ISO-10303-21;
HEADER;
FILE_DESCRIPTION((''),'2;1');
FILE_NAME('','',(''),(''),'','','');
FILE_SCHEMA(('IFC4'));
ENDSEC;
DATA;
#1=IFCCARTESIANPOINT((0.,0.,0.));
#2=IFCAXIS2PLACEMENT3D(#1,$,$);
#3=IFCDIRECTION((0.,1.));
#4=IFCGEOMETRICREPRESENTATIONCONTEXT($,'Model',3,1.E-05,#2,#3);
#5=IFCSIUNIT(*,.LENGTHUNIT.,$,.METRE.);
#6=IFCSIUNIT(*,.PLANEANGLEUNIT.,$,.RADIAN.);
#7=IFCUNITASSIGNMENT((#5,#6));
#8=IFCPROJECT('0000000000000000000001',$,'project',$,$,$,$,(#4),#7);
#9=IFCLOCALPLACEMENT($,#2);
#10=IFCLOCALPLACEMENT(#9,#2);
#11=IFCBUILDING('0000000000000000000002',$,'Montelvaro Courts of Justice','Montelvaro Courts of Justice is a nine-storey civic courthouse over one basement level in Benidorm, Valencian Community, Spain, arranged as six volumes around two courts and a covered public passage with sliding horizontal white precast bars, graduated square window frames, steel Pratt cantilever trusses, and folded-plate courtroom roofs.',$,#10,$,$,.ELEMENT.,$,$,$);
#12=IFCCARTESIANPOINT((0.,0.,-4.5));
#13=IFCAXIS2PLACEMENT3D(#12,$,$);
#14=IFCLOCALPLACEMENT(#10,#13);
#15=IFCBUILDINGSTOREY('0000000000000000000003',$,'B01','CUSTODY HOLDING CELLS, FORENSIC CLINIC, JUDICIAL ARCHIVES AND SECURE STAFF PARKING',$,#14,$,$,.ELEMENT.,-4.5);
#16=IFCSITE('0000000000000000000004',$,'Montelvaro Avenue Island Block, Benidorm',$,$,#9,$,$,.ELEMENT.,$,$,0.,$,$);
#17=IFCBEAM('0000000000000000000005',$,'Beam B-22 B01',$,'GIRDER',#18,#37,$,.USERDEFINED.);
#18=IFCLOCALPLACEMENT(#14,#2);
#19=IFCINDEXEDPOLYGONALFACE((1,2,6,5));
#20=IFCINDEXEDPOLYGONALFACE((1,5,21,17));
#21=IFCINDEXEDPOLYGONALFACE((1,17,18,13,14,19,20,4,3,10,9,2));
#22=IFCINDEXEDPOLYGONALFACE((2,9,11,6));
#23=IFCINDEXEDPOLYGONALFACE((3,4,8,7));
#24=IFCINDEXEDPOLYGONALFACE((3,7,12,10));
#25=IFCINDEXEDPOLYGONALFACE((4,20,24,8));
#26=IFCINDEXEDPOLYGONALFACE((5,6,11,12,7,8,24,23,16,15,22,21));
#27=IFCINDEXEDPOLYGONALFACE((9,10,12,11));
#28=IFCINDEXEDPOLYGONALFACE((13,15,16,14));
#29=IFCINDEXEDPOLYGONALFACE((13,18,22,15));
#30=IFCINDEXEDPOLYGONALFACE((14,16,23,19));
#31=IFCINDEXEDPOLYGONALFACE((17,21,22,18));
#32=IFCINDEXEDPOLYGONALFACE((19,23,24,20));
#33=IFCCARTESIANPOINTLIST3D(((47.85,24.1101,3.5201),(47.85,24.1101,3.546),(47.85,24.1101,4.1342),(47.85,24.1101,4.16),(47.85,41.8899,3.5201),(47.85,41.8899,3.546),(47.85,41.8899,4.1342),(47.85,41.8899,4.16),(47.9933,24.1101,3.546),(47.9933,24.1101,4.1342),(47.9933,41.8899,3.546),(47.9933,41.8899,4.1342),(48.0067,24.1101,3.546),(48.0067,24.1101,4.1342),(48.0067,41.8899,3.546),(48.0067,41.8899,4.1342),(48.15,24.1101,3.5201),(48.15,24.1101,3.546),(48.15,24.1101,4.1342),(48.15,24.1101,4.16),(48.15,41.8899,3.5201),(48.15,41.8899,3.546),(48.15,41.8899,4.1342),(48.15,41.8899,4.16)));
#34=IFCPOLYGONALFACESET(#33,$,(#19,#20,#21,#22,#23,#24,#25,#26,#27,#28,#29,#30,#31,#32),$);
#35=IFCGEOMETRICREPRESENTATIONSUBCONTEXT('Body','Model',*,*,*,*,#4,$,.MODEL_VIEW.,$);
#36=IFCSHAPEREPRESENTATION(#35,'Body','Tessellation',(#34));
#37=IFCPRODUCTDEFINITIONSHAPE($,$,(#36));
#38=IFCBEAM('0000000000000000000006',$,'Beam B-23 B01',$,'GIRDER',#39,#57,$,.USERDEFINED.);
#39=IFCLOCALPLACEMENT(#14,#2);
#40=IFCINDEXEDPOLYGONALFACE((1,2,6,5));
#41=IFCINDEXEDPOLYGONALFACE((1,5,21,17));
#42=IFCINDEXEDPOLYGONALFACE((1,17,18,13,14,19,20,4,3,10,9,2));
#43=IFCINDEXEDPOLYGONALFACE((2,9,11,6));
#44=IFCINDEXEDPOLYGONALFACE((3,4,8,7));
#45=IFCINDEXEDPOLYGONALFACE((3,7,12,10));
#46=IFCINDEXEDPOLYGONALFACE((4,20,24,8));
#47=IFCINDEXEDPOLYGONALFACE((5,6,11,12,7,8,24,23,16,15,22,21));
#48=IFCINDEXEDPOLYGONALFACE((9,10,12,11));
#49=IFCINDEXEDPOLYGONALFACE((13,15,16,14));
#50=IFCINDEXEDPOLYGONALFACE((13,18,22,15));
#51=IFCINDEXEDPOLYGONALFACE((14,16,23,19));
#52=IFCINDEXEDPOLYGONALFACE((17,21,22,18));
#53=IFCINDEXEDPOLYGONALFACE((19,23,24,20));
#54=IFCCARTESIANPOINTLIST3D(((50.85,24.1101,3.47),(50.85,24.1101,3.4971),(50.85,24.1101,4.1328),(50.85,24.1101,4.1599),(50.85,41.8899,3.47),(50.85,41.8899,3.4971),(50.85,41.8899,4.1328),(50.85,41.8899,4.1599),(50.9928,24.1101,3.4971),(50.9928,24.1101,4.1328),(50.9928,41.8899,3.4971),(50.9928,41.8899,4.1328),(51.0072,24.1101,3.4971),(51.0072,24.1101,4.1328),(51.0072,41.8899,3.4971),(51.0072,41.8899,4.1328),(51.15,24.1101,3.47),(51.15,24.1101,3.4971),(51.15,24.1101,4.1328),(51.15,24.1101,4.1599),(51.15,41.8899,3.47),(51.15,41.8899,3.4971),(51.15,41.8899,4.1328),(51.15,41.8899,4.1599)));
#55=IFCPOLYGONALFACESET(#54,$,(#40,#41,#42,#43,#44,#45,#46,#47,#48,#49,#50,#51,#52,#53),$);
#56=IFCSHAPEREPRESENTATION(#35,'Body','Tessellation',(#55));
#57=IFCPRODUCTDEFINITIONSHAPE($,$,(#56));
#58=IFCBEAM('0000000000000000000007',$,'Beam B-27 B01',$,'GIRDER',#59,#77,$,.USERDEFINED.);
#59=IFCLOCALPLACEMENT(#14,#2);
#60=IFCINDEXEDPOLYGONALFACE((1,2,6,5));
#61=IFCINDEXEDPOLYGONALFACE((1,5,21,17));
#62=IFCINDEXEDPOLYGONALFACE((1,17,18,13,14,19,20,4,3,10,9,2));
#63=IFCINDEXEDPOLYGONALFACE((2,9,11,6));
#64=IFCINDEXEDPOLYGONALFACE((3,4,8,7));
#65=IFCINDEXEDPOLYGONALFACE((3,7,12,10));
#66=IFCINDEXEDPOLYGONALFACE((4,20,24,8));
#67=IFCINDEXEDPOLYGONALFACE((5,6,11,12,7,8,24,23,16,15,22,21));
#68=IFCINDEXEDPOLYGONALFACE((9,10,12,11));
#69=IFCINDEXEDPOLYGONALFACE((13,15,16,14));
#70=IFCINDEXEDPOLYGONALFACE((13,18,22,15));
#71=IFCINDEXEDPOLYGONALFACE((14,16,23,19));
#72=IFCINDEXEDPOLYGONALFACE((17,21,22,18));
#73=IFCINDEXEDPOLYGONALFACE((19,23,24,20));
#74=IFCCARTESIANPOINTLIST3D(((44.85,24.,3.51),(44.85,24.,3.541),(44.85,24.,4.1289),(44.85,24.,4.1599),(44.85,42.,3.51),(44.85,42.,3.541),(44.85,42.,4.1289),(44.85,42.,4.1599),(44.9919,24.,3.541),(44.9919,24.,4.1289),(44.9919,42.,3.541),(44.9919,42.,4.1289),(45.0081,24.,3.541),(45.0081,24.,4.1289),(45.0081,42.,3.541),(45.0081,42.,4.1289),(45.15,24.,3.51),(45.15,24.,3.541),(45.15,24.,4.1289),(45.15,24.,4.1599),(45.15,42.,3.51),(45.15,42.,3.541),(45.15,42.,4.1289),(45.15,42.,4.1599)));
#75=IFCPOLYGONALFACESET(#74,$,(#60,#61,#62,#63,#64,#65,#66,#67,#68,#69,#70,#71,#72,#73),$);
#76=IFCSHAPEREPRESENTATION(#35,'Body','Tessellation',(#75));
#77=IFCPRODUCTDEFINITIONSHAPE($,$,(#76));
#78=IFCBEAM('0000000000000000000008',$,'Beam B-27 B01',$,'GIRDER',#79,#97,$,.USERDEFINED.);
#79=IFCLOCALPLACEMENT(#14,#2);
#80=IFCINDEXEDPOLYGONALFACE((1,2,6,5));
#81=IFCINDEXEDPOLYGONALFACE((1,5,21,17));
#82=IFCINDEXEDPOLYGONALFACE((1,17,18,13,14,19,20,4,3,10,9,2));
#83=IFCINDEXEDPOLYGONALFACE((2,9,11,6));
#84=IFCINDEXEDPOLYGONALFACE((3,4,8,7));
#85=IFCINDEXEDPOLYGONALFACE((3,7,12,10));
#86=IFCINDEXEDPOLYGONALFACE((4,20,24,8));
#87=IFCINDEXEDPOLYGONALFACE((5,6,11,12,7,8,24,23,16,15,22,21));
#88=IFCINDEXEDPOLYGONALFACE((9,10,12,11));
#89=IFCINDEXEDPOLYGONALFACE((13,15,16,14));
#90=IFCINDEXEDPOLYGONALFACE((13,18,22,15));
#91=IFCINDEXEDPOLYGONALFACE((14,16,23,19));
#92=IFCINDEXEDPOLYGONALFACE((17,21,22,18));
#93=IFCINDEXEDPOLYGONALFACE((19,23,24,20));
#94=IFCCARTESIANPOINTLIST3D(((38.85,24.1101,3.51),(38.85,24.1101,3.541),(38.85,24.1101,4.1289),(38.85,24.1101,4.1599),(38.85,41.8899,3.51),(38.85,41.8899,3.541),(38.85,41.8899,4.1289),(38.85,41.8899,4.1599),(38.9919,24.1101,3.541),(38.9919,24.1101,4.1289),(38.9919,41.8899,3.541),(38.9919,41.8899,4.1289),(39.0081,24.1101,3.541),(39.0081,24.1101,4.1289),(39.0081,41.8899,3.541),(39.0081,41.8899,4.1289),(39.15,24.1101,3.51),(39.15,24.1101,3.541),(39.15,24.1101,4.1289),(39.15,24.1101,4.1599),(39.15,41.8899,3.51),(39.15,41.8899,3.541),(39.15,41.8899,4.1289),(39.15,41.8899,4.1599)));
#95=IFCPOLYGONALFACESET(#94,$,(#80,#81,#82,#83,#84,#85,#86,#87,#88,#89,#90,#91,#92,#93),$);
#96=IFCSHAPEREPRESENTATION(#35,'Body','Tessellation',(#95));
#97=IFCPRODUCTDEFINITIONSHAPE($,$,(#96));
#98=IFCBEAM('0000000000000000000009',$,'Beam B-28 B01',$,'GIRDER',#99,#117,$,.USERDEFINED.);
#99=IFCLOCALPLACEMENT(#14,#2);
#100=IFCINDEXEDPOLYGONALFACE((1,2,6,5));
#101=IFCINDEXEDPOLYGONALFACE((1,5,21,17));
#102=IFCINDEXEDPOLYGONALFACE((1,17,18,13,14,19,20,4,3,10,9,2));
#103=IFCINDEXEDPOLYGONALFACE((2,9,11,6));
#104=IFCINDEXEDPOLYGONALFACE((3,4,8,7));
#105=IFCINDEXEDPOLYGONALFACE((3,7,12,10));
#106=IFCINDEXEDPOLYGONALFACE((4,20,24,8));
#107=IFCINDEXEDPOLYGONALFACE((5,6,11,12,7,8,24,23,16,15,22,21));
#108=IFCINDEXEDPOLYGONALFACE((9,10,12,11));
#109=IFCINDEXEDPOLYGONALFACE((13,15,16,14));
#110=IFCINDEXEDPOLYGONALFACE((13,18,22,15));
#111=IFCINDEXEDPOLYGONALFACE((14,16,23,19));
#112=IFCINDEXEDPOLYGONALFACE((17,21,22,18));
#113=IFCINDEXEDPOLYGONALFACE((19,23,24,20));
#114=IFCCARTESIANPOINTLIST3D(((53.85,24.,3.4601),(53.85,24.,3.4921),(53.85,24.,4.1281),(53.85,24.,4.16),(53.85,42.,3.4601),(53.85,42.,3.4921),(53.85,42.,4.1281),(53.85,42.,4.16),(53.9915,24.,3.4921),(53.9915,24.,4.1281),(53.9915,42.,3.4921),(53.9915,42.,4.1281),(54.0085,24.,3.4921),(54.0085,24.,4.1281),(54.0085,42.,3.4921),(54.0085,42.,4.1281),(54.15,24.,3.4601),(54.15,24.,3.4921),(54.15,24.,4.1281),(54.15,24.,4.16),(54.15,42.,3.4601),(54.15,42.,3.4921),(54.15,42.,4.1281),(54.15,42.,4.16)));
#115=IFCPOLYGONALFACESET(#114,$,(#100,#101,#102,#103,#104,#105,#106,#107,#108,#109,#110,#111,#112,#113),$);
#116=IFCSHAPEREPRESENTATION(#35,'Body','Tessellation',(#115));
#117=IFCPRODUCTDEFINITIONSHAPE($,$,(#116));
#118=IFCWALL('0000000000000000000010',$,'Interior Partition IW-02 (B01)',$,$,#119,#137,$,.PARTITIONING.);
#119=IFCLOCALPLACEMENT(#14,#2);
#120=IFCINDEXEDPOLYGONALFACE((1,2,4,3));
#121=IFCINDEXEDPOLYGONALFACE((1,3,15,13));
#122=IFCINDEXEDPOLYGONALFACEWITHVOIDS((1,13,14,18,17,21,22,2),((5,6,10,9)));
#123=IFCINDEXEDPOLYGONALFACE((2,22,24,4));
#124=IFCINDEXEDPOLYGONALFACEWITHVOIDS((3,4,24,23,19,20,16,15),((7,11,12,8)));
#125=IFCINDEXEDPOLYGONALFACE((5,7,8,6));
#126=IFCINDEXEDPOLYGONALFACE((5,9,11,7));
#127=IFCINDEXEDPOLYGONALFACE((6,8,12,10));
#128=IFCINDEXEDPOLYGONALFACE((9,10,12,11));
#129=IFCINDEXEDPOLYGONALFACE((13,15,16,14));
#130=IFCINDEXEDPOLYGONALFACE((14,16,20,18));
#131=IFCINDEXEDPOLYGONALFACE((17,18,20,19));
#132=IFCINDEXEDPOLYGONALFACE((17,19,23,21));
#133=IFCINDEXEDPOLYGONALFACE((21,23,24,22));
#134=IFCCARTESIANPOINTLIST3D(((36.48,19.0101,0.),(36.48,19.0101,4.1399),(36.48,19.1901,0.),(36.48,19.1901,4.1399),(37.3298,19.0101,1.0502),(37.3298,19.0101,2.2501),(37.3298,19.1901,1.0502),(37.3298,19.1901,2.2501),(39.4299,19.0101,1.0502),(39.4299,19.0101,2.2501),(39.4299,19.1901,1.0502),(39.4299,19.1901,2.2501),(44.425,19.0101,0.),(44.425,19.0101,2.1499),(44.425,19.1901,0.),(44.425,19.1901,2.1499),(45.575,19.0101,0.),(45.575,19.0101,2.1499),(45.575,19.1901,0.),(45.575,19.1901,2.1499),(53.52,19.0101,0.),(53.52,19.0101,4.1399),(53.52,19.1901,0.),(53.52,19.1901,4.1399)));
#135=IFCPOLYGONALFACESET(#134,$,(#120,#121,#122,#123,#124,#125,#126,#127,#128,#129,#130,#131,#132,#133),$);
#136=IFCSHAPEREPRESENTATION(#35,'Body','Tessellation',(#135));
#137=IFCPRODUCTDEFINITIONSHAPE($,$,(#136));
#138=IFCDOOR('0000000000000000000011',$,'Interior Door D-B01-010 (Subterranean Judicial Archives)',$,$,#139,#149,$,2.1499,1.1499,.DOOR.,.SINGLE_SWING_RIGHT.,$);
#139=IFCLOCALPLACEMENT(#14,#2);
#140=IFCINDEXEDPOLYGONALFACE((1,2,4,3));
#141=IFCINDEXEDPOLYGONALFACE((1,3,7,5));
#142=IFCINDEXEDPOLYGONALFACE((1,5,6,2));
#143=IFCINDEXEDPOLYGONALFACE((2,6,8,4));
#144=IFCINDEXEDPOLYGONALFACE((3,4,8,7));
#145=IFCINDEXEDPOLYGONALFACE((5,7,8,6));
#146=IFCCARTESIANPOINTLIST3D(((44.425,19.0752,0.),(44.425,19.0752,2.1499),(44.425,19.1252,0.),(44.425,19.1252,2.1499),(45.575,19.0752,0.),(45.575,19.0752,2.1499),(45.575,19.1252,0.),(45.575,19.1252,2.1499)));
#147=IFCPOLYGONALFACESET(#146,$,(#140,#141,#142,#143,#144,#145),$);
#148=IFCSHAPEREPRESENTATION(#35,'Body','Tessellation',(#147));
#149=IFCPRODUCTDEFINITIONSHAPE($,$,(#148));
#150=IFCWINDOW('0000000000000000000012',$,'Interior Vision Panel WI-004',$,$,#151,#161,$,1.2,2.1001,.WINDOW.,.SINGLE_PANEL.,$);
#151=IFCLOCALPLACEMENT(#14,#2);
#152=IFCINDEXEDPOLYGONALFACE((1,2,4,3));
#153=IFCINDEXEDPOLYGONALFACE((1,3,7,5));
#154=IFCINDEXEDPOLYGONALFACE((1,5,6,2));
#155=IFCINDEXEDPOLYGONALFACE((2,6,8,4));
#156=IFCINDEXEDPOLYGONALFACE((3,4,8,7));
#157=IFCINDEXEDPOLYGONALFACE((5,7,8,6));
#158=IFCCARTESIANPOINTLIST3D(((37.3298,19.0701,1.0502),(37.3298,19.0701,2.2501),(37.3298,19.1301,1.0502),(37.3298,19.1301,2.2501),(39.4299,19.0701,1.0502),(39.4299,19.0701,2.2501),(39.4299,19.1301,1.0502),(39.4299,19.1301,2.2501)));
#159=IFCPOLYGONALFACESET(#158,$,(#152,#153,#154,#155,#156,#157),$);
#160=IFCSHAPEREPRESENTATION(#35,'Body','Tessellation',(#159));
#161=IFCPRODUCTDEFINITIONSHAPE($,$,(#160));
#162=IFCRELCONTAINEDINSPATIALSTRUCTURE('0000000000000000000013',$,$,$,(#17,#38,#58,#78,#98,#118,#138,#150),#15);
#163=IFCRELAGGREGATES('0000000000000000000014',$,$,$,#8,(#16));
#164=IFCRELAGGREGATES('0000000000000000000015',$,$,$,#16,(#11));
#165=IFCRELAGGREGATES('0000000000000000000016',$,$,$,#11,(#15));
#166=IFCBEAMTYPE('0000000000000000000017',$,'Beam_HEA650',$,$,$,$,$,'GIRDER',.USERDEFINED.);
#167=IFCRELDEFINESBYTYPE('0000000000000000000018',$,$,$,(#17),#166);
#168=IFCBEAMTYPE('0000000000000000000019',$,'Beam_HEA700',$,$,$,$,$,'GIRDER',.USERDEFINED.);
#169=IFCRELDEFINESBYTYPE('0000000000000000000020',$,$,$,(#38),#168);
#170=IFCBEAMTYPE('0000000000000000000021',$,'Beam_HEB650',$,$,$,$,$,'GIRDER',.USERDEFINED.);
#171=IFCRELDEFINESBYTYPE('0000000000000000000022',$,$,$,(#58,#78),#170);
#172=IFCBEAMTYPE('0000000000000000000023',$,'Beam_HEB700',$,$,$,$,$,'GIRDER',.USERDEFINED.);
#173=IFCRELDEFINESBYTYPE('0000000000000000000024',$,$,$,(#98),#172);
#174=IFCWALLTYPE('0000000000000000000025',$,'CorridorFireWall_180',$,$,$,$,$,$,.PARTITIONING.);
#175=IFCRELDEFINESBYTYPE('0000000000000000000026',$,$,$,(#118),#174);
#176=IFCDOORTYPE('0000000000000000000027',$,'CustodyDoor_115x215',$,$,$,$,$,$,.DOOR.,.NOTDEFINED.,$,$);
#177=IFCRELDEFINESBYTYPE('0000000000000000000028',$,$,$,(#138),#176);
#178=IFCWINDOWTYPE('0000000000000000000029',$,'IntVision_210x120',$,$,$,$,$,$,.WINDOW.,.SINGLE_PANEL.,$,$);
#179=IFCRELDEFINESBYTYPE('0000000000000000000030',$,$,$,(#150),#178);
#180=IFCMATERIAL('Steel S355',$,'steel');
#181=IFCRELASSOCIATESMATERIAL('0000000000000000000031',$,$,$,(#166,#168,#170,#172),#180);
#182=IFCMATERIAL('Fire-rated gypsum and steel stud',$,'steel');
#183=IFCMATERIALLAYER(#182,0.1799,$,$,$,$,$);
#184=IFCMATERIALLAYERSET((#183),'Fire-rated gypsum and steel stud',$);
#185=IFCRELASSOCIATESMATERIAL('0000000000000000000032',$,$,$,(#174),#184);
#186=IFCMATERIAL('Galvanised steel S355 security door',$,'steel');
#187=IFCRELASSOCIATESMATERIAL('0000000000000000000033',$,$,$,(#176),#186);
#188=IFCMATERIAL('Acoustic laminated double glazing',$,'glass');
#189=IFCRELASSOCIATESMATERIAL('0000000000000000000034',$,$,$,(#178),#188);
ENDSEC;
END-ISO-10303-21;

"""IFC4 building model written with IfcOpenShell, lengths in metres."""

from ifc_helpers import new_model, si_unit, direction, frame, frame_2d, origin, origin_2d, place, context, subcontext, project, spatial, rectangle, i_section, extrude, material, layer, layer_set, material_profile, profile_set, type_object, element, fill, save


model = new_model("IFC4")

# Units and contexts
model_context = context("Model", 3, precision=1e-05, world=origin(), true_north=direction((0.0, 1.0)))
body_context = subcontext(model_context, "Body", "Model", "MODEL_VIEW")
ifc_project = project(units=[si_unit("LENGTHUNIT", "METRE"), si_unit("PLANEANGLEUNIT", "RADIAN")], contexts=[model_context])

# Site, building, storey
site_placement = place(None, origin())
site = spatial("IfcSite", under=ifc_project, at=site_placement, Name="Montelvaro Avenue Island Block, Benidorm", CompositionType="ELEMENT", RefElevation=0.0)
building_placement = place(site_placement, origin())
building = spatial("IfcBuilding", under=site, at=building_placement, Name="Montelvaro Courts of Justice", Description="Montelvaro Courts of Justice is a nine-storey civic courthouse over one basement level in Benidorm, Valencian Community, Spain, arranged as six volumes around two courts and a covered public passage with sliding horizontal white precast bars, graduated square window frames, steel Pratt cantilever trusses, and folded-plate courtroom roofs.", CompositionType="ELEMENT")
storey_placement = place(building_placement, frame((0.0, 0.0, -4.5)))
storey = spatial("IfcBuildingStorey", under=building, at=storey_placement, Name="B01", Description="CUSTODY HOLDING CELLS, FORENSIC CLINIC, JUDICIAL ARCHIVES AND SECURE STAFF PARKING", CompositionType="ELEMENT", Elevation=-4.5)

# Beams
ifc_material_1 = material(Name="Steel S355", Category="steel")
ifc_material_profile_1 = material_profile(ifc_material_1, i_section(OverallWidth=0.3, OverallDepth=0.6399, WebThickness=0.0134, FlangeThickness=0.0259, at=origin_2d()), Name="HEA 650")
ifc_profile_set_1 = profile_set([ifc_material_profile_1], Name="Steel S355")
beam_type_1 = type_object("IfcBeamType", Name="Beam_HEA650", ElementType="GIRDER", PredefinedType="USERDEFINED", material=ifc_profile_set_1)
for number, where, z_axis, x_axis, name in (
    (1, (48.0, 24.1101, 3.8401), (0.0, 1.0, 0.0), (-1.0, 0.0, 0.0), "Beam B-22 B01"),
):
    element("IfcBeam", number, at=place(storey_placement, frame(where, z_axis=z_axis, x_axis=x_axis)), inside=storey, type_object=beam_type_1, Name=name, ObjectType="GIRDER", PredefinedType="USERDEFINED", context=body_context, shape_type="SweptSolid", body=[
        extrude(i_section(OverallWidth=0.3, OverallDepth=0.6399, WebThickness=0.0134, FlangeThickness=0.0259, at=origin_2d()), origin(), (0.0, 0.0, 1.0), 17.7798),
    ])
ifc_material_profile_2 = material_profile(ifc_material_1, i_section(OverallWidth=0.3, OverallDepth=0.6899, WebThickness=0.0144, FlangeThickness=0.0271, at=origin_2d()), Name="HEA 700")
ifc_profile_set_2 = profile_set([ifc_material_profile_2], Name="Steel S355")
beam_type_2 = type_object("IfcBeamType", Name="Beam_HEA700", ElementType="GIRDER", PredefinedType="USERDEFINED", material=ifc_profile_set_2)
beam_1_placement = place(storey_placement, frame((51.0, 24.1101, 3.8149), z_axis=(0.0, 1.0, 0.0), x_axis=(-1.0, 0.0, 0.0)))
element("IfcBeam", 2, at=beam_1_placement, inside=storey, type_object=beam_type_2, Name="Beam B-23 B01", ObjectType="GIRDER", PredefinedType="USERDEFINED", context=body_context, shape_type="SweptSolid", body=[
    extrude(i_section(OverallWidth=0.3, OverallDepth=0.6899, WebThickness=0.0144, FlangeThickness=0.0271, at=origin_2d()), origin(), (0.0, 0.0, 1.0), 17.7798),
])
ifc_material_profile_3 = material_profile(ifc_material_1, i_section(OverallWidth=0.3, OverallDepth=0.6499, WebThickness=0.0161, FlangeThickness=0.031, at=origin_2d()), Name="HEB 650")
ifc_profile_set_3 = profile_set([ifc_material_profile_3], Name="Steel S355")
beam_type_3 = type_object("IfcBeamType", Name="Beam_HEB650", ElementType="GIRDER", PredefinedType="USERDEFINED", material=ifc_profile_set_3)
beam_2_placement = place(storey_placement, frame((45.0, 24.0, 3.835), z_axis=(0.0, 1.0, 0.0), x_axis=(-1.0, 0.0, 0.0)))
element("IfcBeam", 3, at=beam_2_placement, inside=storey, type_object=beam_type_3, Name="Beam B-27 B01", ObjectType="GIRDER", PredefinedType="USERDEFINED", context=body_context, shape_type="SweptSolid", body=[
    extrude(i_section(OverallWidth=0.3, OverallDepth=0.6499, WebThickness=0.0161, FlangeThickness=0.031, at=origin_2d()), origin(), (0.0, 0.0, 1.0), 18.0),
])
beam_3_placement = place(storey_placement, frame((39.0, 24.1101, 3.835), z_axis=(0.0, 1.0, 0.0), x_axis=(-1.0, 0.0, 0.0)))
element("IfcBeam", 4, at=beam_3_placement, inside=storey, type_object=beam_type_3, Name="Beam B-27 B01", ObjectType="GIRDER", PredefinedType="USERDEFINED", context=body_context, shape_type="SweptSolid", body=[
    extrude(i_section(OverallWidth=0.3, OverallDepth=0.6499, WebThickness=0.0161, FlangeThickness=0.031, at=origin_2d()), origin(), (0.0, 0.0, 1.0), 17.7798),
])
ifc_material_profile_4 = material_profile(ifc_material_1, i_section(OverallWidth=0.3, OverallDepth=0.7, WebThickness=0.0171, FlangeThickness=0.032, at=origin_2d()), Name="HEB 700")
ifc_profile_set_4 = profile_set([ifc_material_profile_4], Name="Steel S355")
beam_type_4 = type_object("IfcBeamType", Name="Beam_HEB700", ElementType="GIRDER", PredefinedType="USERDEFINED", material=ifc_profile_set_4)
beam_4_placement = place(storey_placement, frame((54.0, 24.0, 3.8101), z_axis=(0.0, 1.0, 0.0), x_axis=(-1.0, 0.0, 0.0)))
element("IfcBeam", 5, at=beam_4_placement, inside=storey, type_object=beam_type_4, Name="Beam B-28 B01", ObjectType="GIRDER", PredefinedType="USERDEFINED", context=body_context, shape_type="SweptSolid", body=[
    extrude(i_section(OverallWidth=0.3, OverallDepth=0.7, WebThickness=0.0171, FlangeThickness=0.032, at=origin_2d()), origin(), (0.0, 0.0, 1.0), 18.0),
])

# Wall, openings, door, window
ifc_material_2 = material(Name="Fire-rated gypsum and steel stud", Category="steel")
ifc_layer_1 = layer(ifc_material_2, 0.1799)
ifc_layer_set_1 = layer_set([ifc_layer_1], Name="Fire-rated gypsum and steel stud")
wall_type_1 = type_object("IfcWallType", Name="CorridorFireWall_180", PredefinedType="PARTITIONING", material=ifc_layer_set_1)
wall_1_placement = place(storey_placement, frame((53.52, 19.1001, 0.0), z_axis=(0.0, 0.0, 1.0), x_axis=(-1.0, 0.0, 0.0)))
wall_1 = element("IfcWall", 6, at=wall_1_placement, inside=storey, type_object=wall_type_1, Name="Interior Partition IW-02 (B01)", PredefinedType="PARTITIONING", context=body_context, shape_type="SweptSolid", body=[
    extrude(rectangle(XDim=17.04, YDim=0.1799, at=frame_2d((8.52, 0.0))), origin(), (0.0, 0.0, 1.0), 4.1399),
])
opening_1_placement = place(wall_1_placement, frame((7.9451, 0.0, 0.0)))
opening_1 = element("IfcOpeningElement", 7, at=opening_1_placement, cuts=wall_1, PredefinedType="OPENING", context=body_context, shape_type="SweptSolid", body=[
    extrude(rectangle(XDim=1.1499, YDim=2.1499, at=frame_2d((0.575, 1.075))), frame((0.0, 0.105, 0.0), z_axis=(0.0, -1.0, 0.0), x_axis=(1.0, 0.0, 0.0)), (0.0, 0.0, 1.0), 0.2097),
])
opening_2_placement = place(wall_1_placement, frame((14.0901, 0.0, 1.05)))
opening_2 = element("IfcOpeningElement", 8, at=opening_2_placement, cuts=wall_1, PredefinedType="OPENING", context=body_context, shape_type="SweptSolid", body=[
    extrude(rectangle(XDim=2.1001, YDim=1.2, at=frame_2d((1.05, 0.6001))), frame((0.0, 0.105, 0.0), z_axis=(0.0, -1.0, 0.0), x_axis=(1.0, 0.0, 0.0)), (0.0, 0.0, 1.0), 0.2097),
])
ifc_material_3 = material(Name="Galvanised steel S355 security door", Category="steel")
door_type = type_object("IfcDoorType", Name="CustodyDoor_115x215", OperationType="NOTDEFINED", PredefinedType="DOOR", material=ifc_material_3)
door_placement = place(opening_1_placement, origin())
door = element("IfcDoor", 9, at=door_placement, inside=storey, type_object=door_type, Name="Interior Door D-B01-010 (Subterranean Judicial Archives)", OperationType="SINGLE_SWING_RIGHT", OverallHeight=2.1499, OverallWidth=1.1499, PredefinedType="DOOR", context=body_context, shape_type="SweptSolid", body=[
    extrude(rectangle(XDim=1.1499, YDim=2.1499, at=frame_2d((0.575, 1.075))), frame((0.0, 0.0249, 0.0), z_axis=(0.0, -1.0, 0.0), x_axis=(1.0, 0.0, 0.0)), (0.0, 0.0, 1.0), 0.05),
])
fill(opening_1, door)
ifc_material_4 = material(Name="Acoustic laminated double glazing", Category="glass")
window_type = type_object("IfcWindowType", Name="IntVision_210x120", PartitioningType="SINGLE_PANEL", PredefinedType="WINDOW", material=ifc_material_4)
window_placement = place(opening_2_placement, origin())
window = element("IfcWindow", 10, at=window_placement, inside=storey, type_object=window_type, Name="Interior Vision Panel WI-004", OverallHeight=1.2, OverallWidth=2.1001, PartitioningType="SINGLE_PANEL", PredefinedType="WINDOW", context=body_context, shape_type="SweptSolid", body=[
    extrude(rectangle(XDim=2.1001, YDim=1.2, at=frame_2d((1.05, 0.6001))), frame((0.0, 0.03, 0.0), z_axis=(0.0, -1.0, 0.0), x_axis=(1.0, 0.0, 0.0)), (0.0, 0.0, 1.0), 0.0601),
])
fill(opening_2, window)

save(model, "model.ifc")
